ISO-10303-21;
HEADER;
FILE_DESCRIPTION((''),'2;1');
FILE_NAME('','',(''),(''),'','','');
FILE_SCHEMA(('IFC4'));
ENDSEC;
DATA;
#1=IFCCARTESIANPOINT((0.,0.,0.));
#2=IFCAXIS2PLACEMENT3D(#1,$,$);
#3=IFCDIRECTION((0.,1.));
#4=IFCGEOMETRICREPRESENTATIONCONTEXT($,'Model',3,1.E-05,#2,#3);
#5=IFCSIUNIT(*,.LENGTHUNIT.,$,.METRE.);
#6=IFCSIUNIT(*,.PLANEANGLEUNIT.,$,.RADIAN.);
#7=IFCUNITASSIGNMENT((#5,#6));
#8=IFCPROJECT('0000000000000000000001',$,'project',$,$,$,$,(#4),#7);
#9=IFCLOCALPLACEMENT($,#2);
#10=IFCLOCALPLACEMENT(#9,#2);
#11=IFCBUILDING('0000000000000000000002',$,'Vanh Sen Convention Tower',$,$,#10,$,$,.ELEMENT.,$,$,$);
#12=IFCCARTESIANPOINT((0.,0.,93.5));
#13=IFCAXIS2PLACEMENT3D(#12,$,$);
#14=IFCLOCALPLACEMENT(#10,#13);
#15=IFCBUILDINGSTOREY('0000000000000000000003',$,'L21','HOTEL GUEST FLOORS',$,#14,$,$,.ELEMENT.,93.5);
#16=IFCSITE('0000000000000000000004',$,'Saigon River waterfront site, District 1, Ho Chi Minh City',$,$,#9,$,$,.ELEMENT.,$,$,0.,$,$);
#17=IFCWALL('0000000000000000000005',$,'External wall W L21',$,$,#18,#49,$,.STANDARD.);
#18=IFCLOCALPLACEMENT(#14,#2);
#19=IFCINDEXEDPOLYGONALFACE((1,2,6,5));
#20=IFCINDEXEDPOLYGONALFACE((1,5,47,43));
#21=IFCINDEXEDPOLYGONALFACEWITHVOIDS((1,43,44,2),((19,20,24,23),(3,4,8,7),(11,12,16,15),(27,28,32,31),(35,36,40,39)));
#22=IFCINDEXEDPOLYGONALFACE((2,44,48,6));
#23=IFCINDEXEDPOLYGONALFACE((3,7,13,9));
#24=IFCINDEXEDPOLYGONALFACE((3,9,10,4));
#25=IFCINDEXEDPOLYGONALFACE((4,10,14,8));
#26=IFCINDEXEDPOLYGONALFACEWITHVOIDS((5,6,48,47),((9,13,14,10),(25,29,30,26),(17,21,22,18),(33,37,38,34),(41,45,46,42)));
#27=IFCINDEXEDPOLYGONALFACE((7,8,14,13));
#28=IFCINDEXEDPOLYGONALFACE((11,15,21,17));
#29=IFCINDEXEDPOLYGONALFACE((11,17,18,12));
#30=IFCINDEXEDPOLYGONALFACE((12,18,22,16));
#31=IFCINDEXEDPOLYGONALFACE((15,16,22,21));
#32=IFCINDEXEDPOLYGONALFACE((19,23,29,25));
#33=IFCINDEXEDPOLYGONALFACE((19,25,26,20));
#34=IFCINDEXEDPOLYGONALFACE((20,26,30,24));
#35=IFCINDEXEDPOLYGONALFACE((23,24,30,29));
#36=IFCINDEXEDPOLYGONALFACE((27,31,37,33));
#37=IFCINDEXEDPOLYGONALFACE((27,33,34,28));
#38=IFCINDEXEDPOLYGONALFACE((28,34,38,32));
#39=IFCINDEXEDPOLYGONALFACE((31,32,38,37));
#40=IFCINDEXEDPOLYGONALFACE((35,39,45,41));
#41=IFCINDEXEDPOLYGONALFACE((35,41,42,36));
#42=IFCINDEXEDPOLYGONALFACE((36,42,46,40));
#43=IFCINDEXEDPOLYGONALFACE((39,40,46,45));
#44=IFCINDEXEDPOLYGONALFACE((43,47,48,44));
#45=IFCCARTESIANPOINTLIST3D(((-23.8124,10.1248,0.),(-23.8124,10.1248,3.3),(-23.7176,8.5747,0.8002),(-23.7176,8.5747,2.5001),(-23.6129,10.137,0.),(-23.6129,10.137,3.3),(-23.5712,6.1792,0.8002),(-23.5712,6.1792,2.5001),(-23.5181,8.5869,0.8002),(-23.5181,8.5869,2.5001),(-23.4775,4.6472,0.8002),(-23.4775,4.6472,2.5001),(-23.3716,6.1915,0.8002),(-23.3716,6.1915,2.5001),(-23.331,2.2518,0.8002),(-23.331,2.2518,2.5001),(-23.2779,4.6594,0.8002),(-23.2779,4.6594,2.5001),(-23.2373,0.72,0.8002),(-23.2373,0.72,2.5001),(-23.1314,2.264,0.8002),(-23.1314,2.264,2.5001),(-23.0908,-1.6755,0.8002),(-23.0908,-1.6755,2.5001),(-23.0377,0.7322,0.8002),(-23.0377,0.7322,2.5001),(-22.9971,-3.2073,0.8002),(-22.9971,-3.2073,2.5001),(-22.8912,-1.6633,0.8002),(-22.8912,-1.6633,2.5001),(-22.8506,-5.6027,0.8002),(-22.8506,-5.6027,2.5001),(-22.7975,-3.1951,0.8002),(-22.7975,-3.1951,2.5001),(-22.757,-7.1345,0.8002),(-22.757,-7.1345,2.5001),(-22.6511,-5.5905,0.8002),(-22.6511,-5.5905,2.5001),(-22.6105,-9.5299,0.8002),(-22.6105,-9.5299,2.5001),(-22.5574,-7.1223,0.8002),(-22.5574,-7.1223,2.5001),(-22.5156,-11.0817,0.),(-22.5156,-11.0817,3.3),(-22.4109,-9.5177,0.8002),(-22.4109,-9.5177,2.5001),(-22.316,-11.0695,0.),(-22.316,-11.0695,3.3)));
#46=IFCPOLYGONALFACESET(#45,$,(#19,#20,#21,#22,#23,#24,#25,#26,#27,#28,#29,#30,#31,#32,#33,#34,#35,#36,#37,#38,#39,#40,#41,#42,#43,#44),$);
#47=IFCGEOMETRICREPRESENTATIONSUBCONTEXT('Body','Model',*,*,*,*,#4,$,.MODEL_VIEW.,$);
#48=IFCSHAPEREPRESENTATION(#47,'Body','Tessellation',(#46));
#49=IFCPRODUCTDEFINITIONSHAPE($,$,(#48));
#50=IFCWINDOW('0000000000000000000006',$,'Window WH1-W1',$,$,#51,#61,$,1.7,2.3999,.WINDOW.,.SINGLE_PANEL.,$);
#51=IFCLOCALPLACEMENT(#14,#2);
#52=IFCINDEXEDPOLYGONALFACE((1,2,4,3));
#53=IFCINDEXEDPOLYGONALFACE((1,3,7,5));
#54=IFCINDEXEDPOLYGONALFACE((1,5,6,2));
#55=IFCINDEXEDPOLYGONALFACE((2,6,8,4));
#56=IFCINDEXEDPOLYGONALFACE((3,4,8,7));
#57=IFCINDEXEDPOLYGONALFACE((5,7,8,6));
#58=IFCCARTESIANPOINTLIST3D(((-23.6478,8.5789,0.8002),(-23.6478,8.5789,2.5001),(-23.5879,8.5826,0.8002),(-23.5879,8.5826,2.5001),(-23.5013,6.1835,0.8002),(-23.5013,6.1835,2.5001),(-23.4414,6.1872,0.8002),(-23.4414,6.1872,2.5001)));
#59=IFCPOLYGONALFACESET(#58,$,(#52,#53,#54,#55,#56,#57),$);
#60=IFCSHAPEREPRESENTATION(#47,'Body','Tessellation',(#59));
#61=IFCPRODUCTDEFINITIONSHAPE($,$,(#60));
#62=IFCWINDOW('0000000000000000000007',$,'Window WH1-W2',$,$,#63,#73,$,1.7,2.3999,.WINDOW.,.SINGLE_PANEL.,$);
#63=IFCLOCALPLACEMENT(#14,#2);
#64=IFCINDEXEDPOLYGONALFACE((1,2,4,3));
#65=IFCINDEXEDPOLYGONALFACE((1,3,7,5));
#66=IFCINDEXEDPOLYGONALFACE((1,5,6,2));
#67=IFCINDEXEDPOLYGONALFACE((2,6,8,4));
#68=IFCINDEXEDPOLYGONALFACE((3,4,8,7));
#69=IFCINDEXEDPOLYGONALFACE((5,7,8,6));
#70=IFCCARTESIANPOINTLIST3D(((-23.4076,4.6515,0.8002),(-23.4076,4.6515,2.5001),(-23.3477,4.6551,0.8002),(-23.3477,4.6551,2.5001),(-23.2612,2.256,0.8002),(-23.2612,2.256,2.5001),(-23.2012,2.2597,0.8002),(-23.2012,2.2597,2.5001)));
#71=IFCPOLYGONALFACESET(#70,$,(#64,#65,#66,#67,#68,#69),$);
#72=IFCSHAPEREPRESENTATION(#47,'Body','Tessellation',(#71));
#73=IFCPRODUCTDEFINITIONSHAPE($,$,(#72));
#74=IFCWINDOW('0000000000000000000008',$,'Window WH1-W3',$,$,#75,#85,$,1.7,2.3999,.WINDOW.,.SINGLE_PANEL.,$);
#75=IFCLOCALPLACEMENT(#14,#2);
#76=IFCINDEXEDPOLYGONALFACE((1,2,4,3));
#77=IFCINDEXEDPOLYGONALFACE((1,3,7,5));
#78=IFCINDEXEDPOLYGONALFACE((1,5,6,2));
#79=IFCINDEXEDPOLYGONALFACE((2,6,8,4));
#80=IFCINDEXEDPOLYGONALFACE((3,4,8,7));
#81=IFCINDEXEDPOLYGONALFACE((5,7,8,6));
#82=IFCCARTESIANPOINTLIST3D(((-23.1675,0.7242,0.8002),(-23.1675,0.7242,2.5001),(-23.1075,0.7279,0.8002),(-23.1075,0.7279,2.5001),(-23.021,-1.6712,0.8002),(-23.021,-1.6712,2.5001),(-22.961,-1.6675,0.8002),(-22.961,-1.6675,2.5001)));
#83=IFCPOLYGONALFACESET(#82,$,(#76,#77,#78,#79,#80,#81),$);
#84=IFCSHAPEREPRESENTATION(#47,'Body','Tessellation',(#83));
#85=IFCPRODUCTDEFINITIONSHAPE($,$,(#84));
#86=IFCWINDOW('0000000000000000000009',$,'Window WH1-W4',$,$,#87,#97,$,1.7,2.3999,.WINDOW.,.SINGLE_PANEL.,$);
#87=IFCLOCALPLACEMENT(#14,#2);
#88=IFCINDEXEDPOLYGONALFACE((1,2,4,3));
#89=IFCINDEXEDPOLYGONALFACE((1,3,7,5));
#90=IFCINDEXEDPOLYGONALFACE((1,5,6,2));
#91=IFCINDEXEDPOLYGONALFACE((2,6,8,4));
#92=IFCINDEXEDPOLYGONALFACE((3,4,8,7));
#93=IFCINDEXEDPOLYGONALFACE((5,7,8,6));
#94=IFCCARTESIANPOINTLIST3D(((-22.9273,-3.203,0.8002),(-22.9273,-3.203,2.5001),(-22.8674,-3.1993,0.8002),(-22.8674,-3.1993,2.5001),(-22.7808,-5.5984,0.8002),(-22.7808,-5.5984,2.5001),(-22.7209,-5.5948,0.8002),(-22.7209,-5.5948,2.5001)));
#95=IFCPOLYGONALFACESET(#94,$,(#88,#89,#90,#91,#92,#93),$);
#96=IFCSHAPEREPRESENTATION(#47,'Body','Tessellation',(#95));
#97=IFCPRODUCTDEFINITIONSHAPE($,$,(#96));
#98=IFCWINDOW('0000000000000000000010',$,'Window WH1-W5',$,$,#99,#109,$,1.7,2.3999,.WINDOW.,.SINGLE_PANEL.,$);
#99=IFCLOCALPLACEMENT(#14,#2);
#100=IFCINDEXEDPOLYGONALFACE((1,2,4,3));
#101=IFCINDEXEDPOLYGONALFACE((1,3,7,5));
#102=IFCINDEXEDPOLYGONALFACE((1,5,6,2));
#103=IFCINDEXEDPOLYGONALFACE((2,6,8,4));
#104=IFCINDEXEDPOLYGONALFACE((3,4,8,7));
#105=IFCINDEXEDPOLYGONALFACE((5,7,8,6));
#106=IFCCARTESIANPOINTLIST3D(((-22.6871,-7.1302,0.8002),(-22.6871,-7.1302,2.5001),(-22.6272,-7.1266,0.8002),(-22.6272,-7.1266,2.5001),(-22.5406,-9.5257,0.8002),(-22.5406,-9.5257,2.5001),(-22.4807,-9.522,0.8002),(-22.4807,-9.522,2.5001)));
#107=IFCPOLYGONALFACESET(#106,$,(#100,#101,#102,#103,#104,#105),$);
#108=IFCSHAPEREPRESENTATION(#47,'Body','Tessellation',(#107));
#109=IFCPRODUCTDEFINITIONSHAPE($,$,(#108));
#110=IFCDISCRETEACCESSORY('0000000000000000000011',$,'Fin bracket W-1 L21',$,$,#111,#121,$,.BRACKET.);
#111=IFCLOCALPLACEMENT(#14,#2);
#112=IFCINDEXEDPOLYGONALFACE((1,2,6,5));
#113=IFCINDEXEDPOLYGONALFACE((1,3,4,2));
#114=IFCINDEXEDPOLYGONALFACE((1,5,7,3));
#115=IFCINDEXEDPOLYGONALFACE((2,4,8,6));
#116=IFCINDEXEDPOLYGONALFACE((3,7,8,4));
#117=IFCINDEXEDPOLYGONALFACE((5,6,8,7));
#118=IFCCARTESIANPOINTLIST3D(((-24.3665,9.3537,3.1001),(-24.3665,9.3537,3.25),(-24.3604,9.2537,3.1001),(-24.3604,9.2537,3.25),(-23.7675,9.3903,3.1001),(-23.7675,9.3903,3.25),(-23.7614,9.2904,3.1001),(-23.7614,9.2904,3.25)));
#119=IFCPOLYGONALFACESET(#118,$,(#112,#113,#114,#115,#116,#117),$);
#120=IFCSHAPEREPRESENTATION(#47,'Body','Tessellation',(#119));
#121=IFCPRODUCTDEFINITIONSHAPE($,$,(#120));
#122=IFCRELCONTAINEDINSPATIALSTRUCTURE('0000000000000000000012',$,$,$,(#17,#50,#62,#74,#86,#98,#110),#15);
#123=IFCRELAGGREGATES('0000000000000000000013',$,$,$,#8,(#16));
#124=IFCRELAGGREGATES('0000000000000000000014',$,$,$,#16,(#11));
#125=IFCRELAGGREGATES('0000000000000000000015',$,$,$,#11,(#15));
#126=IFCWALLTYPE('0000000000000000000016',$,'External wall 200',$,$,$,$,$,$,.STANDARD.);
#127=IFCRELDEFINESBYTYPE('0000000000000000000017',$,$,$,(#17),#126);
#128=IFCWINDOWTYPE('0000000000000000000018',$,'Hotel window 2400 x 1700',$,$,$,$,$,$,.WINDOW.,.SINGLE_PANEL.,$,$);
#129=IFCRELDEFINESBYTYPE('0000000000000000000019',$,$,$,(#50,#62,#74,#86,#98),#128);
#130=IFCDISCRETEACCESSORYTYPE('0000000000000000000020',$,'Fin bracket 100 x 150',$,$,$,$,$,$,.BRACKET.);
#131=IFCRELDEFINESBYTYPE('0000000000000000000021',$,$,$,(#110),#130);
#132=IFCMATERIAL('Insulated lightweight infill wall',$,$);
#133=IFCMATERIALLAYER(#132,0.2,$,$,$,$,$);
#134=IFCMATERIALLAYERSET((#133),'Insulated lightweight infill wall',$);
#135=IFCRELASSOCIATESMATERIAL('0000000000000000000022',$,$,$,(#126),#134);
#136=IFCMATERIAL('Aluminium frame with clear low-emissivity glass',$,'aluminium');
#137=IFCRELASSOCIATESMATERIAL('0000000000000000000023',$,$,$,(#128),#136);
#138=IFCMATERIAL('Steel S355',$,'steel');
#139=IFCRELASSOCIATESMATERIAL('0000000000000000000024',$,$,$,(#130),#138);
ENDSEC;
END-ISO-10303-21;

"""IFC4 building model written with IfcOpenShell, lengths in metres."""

from ifc_helpers import new_model, si_unit, direction, frame, frame_2d, origin, origin_2d, place, context, subcontext, project, spatial, rectangle, extrude, material, layer, layer_set, type_object, element, fill, save


model = new_model("IFC4")

# Units and contexts
model_context = context("Model", 3, precision=1e-05, world=origin(), true_north=direction((0.0, 1.0)))
body_context = subcontext(model_context, "Body", "Model", "MODEL_VIEW")
ifc_project = project(units=[si_unit("LENGTHUNIT", "METRE"), si_unit("PLANEANGLEUNIT", "RADIAN")], contexts=[model_context])

# Site, building, storey
site_placement = place(None, origin())
site = spatial("IfcSite", under=ifc_project, at=site_placement, Name="Saigon River waterfront site, District 1, Ho Chi Minh City", CompositionType="ELEMENT", RefElevation=0.0)
building_placement = place(site_placement, origin())
building = spatial("IfcBuilding", under=site, at=building_placement, Name="Vanh Sen Convention Tower", CompositionType="ELEMENT")
storey_placement = place(building_placement, frame((0.0, 0.0, 93.5)))
storey = spatial("IfcBuildingStorey", under=building, at=storey_placement, Name="L21", Description="HOTEL GUEST FLOORS", CompositionType="ELEMENT", Elevation=93.5)

# Wall, openings, windows
ifc_material_1 = material(Name="Insulated lightweight infill wall")
ifc_layer_1 = layer(ifc_material_1, 0.2)
ifc_layer_set_1 = layer_set([ifc_layer_1], Name="Insulated lightweight infill wall")
wall_type = type_object("IfcWallType", Name="External wall 200", PredefinedType="STANDARD", material=ifc_layer_set_1)
wall_placement = place(storey_placement, frame((-23.7126, 10.1309, 0.0), z_axis=(0.0, 0.0, 1.0), x_axis=(0.06104, -0.998135, 0.0)))
wall = element("IfcWall", 1, at=wall_placement, inside=storey, type_object=wall_type, Name="External wall W L21", PredefinedType="STANDARD", context=body_context, shape_type="SweptSolid", body=[
    extrude(rectangle(XDim=21.2461, YDim=0.2, at=frame_2d((10.623, 0.0))), origin(), (0.0, 0.0, 1.0), 3.3),
])
opening_1_placement = place(wall_placement, frame((1.553, 0.0, 0.8)))
opening_1 = element("IfcOpeningElement", 2, at=opening_1_placement, cuts=wall, PredefinedType="OPENING", context=body_context, shape_type="SweptSolid", body=[
    extrude(rectangle(XDim=2.3999, YDim=1.7, at=frame_2d((1.2, 0.8501))), frame((0.0, 0.1099, 0.0), z_axis=(0.0, -1.0, 0.0), x_axis=(1.0, 0.0, 0.0)), (0.0, 0.0, 1.0), 0.22),
])
opening_2_placement = place(wall_placement, frame((5.4878, 0.0, 0.8)))
opening_2 = element("IfcOpeningElement", 3, at=opening_2_placement, cuts=wall, PredefinedType="OPENING", context=body_context, shape_type="SweptSolid", body=[
    extrude(rectangle(XDim=2.3999, YDim=1.7, at=frame_2d((1.2, 0.8501))), frame((0.0, 0.1099, 0.0), z_axis=(0.0, -1.0, 0.0), x_axis=(1.0, 0.0, 0.0)), (0.0, 0.0, 1.0), 0.22),
])
opening_3_placement = place(wall_placement, frame((9.4224, 0.0, 0.8)))
opening_3 = element("IfcOpeningElement", 4, at=opening_3_placement, cuts=wall, PredefinedType="OPENING", context=body_context, shape_type="SweptSolid", body=[
    extrude(rectangle(XDim=2.3999, YDim=1.7, at=frame_2d((1.2, 0.8501))), frame((0.0, 0.1099, 0.0), z_axis=(0.0, -1.0, 0.0), x_axis=(1.0, 0.0, 0.0)), (0.0, 0.0, 1.0), 0.22),
])
opening_4_placement = place(wall_placement, frame((13.3569, 0.0, 0.8)))
opening_4 = element("IfcOpeningElement", 5, at=opening_4_placement, cuts=wall, PredefinedType="OPENING", context=body_context, shape_type="SweptSolid", body=[
    extrude(rectangle(XDim=2.3999, YDim=1.7, at=frame_2d((1.2, 0.8501))), frame((0.0, 0.1099, 0.0), z_axis=(0.0, -1.0, 0.0), x_axis=(1.0, 0.0, 0.0)), (0.0, 0.0, 1.0), 0.22),
])
opening_5_placement = place(wall_placement, frame((17.2915, 0.0, 0.8)))
opening_5 = element("IfcOpeningElement", 6, at=opening_5_placement, cuts=wall, PredefinedType="OPENING", context=body_context, shape_type="SweptSolid", body=[
    extrude(rectangle(XDim=2.3999, YDim=1.7, at=frame_2d((1.2, 0.8501))), frame((0.0, 0.1099, 0.0), z_axis=(0.0, -1.0, 0.0), x_axis=(1.0, 0.0, 0.0)), (0.0, 0.0, 1.0), 0.22),
])
ifc_material_2 = material(Name="Aluminium frame with clear low-emissivity glass", Category="aluminium")
window_type = type_object("IfcWindowType", Name="Hotel window 2400 x 1700", PartitioningType="SINGLE_PANEL", PredefinedType="WINDOW", material=ifc_material_2)
window_1_placement = place(opening_1_placement, origin())
window_1 = element("IfcWindow", 7, at=window_1_placement, inside=storey, type_object=window_type, Name="Window WH1-W1", OverallHeight=1.7, OverallWidth=2.3999, PartitioningType="SINGLE_PANEL", PredefinedType="WINDOW", context=body_context, shape_type="SweptSolid", body=[
    extrude(rectangle(XDim=2.3999, YDim=1.7, at=frame_2d((1.2, 0.8501))), frame((0.0, 0.03, 0.0), z_axis=(0.0, -1.0, 0.0), x_axis=(1.0, 0.0, 0.0)), (0.0, 0.0, 1.0), 0.0601),
])
fill(opening_1, window_1)
window_2_placement = place(opening_2_placement, origin())
window_2 = element("IfcWindow", 8, at=window_2_placement, inside=storey, type_object=window_type, Name="Window WH1-W2", OverallHeight=1.7, OverallWidth=2.3999, PartitioningType="SINGLE_PANEL", PredefinedType="WINDOW", context=body_context, shape_type="SweptSolid", body=[
    extrude(rectangle(XDim=2.3999, YDim=1.7, at=frame_2d((1.2, 0.8501))), frame((0.0, 0.03, 0.0), z_axis=(0.0, -1.0, 0.0), x_axis=(1.0, 0.0, 0.0)), (0.0, 0.0, 1.0), 0.0601),
])
fill(opening_2, window_2)
window_3_placement = place(opening_3_placement, origin())
window_3 = element("IfcWindow", 9, at=window_3_placement, inside=storey, type_object=window_type, Name="Window WH1-W3", OverallHeight=1.7, OverallWidth=2.3999, PartitioningType="SINGLE_PANEL", PredefinedType="WINDOW", context=body_context, shape_type="SweptSolid", body=[
    extrude(rectangle(XDim=2.3999, YDim=1.7, at=frame_2d((1.2, 0.8501))), frame((0.0, 0.03, 0.0), z_axis=(0.0, -1.0, 0.0), x_axis=(1.0, 0.0, 0.0)), (0.0, 0.0, 1.0), 0.0601),
])
fill(opening_3, window_3)
window_4_placement = place(opening_4_placement, origin())
window_4 = element("IfcWindow", 10, at=window_4_placement, inside=storey, type_object=window_type, Name="Window WH1-W4", OverallHeight=1.7, OverallWidth=2.3999, PartitioningType="SINGLE_PANEL", PredefinedType="WINDOW", context=body_context, shape_type="SweptSolid", body=[
    extrude(rectangle(XDim=2.3999, YDim=1.7, at=frame_2d((1.2, 0.8501))), frame((0.0, 0.03, 0.0), z_axis=(0.0, -1.0, 0.0), x_axis=(1.0, 0.0, 0.0)), (0.0, 0.0, 1.0), 0.0601),
])
fill(opening_4, window_4)
window_5_placement = place(opening_5_placement, origin())
window_5 = element("IfcWindow", 11, at=window_5_placement, inside=storey, type_object=window_type, Name="Window WH1-W5", OverallHeight=1.7, OverallWidth=2.3999, PartitioningType="SINGLE_PANEL", PredefinedType="WINDOW", context=body_context, shape_type="SweptSolid", body=[
    extrude(rectangle(XDim=2.3999, YDim=1.7, at=frame_2d((1.2, 0.8501))), frame((0.0, 0.03, 0.0), z_axis=(0.0, -1.0, 0.0), x_axis=(1.0, 0.0, 0.0)), (0.0, 0.0, 1.0), 0.0601),
])
fill(opening_5, window_5)

# Discrete accessory
ifc_material_3 = material(Name="Steel S355", Category="steel")
discrete_accessory_type = type_object("IfcDiscreteAccessoryType", Name="Fin bracket 100 x 150", PredefinedType="BRACKET", material=ifc_material_3)
discrete_accessory_placement = place(storey_placement, frame((-24.064, 9.322, 3.1001), z_axis=(0.0, 0.0, 1.0), x_axis=(-0.998135, -0.061049, 0.0)))
element("IfcDiscreteAccessory", 12, at=discrete_accessory_placement, inside=storey, type_object=discrete_accessory_type, Name="Fin bracket W-1 L21", PredefinedType="BRACKET", context=body_context, shape_type="SweptSolid", body=[
    extrude(rectangle(XDim=0.6001, YDim=0.1001, at=origin_2d()), origin(), (0.0, 0.0, 1.0), 0.1499),
])

save(model, "model.ifc")
